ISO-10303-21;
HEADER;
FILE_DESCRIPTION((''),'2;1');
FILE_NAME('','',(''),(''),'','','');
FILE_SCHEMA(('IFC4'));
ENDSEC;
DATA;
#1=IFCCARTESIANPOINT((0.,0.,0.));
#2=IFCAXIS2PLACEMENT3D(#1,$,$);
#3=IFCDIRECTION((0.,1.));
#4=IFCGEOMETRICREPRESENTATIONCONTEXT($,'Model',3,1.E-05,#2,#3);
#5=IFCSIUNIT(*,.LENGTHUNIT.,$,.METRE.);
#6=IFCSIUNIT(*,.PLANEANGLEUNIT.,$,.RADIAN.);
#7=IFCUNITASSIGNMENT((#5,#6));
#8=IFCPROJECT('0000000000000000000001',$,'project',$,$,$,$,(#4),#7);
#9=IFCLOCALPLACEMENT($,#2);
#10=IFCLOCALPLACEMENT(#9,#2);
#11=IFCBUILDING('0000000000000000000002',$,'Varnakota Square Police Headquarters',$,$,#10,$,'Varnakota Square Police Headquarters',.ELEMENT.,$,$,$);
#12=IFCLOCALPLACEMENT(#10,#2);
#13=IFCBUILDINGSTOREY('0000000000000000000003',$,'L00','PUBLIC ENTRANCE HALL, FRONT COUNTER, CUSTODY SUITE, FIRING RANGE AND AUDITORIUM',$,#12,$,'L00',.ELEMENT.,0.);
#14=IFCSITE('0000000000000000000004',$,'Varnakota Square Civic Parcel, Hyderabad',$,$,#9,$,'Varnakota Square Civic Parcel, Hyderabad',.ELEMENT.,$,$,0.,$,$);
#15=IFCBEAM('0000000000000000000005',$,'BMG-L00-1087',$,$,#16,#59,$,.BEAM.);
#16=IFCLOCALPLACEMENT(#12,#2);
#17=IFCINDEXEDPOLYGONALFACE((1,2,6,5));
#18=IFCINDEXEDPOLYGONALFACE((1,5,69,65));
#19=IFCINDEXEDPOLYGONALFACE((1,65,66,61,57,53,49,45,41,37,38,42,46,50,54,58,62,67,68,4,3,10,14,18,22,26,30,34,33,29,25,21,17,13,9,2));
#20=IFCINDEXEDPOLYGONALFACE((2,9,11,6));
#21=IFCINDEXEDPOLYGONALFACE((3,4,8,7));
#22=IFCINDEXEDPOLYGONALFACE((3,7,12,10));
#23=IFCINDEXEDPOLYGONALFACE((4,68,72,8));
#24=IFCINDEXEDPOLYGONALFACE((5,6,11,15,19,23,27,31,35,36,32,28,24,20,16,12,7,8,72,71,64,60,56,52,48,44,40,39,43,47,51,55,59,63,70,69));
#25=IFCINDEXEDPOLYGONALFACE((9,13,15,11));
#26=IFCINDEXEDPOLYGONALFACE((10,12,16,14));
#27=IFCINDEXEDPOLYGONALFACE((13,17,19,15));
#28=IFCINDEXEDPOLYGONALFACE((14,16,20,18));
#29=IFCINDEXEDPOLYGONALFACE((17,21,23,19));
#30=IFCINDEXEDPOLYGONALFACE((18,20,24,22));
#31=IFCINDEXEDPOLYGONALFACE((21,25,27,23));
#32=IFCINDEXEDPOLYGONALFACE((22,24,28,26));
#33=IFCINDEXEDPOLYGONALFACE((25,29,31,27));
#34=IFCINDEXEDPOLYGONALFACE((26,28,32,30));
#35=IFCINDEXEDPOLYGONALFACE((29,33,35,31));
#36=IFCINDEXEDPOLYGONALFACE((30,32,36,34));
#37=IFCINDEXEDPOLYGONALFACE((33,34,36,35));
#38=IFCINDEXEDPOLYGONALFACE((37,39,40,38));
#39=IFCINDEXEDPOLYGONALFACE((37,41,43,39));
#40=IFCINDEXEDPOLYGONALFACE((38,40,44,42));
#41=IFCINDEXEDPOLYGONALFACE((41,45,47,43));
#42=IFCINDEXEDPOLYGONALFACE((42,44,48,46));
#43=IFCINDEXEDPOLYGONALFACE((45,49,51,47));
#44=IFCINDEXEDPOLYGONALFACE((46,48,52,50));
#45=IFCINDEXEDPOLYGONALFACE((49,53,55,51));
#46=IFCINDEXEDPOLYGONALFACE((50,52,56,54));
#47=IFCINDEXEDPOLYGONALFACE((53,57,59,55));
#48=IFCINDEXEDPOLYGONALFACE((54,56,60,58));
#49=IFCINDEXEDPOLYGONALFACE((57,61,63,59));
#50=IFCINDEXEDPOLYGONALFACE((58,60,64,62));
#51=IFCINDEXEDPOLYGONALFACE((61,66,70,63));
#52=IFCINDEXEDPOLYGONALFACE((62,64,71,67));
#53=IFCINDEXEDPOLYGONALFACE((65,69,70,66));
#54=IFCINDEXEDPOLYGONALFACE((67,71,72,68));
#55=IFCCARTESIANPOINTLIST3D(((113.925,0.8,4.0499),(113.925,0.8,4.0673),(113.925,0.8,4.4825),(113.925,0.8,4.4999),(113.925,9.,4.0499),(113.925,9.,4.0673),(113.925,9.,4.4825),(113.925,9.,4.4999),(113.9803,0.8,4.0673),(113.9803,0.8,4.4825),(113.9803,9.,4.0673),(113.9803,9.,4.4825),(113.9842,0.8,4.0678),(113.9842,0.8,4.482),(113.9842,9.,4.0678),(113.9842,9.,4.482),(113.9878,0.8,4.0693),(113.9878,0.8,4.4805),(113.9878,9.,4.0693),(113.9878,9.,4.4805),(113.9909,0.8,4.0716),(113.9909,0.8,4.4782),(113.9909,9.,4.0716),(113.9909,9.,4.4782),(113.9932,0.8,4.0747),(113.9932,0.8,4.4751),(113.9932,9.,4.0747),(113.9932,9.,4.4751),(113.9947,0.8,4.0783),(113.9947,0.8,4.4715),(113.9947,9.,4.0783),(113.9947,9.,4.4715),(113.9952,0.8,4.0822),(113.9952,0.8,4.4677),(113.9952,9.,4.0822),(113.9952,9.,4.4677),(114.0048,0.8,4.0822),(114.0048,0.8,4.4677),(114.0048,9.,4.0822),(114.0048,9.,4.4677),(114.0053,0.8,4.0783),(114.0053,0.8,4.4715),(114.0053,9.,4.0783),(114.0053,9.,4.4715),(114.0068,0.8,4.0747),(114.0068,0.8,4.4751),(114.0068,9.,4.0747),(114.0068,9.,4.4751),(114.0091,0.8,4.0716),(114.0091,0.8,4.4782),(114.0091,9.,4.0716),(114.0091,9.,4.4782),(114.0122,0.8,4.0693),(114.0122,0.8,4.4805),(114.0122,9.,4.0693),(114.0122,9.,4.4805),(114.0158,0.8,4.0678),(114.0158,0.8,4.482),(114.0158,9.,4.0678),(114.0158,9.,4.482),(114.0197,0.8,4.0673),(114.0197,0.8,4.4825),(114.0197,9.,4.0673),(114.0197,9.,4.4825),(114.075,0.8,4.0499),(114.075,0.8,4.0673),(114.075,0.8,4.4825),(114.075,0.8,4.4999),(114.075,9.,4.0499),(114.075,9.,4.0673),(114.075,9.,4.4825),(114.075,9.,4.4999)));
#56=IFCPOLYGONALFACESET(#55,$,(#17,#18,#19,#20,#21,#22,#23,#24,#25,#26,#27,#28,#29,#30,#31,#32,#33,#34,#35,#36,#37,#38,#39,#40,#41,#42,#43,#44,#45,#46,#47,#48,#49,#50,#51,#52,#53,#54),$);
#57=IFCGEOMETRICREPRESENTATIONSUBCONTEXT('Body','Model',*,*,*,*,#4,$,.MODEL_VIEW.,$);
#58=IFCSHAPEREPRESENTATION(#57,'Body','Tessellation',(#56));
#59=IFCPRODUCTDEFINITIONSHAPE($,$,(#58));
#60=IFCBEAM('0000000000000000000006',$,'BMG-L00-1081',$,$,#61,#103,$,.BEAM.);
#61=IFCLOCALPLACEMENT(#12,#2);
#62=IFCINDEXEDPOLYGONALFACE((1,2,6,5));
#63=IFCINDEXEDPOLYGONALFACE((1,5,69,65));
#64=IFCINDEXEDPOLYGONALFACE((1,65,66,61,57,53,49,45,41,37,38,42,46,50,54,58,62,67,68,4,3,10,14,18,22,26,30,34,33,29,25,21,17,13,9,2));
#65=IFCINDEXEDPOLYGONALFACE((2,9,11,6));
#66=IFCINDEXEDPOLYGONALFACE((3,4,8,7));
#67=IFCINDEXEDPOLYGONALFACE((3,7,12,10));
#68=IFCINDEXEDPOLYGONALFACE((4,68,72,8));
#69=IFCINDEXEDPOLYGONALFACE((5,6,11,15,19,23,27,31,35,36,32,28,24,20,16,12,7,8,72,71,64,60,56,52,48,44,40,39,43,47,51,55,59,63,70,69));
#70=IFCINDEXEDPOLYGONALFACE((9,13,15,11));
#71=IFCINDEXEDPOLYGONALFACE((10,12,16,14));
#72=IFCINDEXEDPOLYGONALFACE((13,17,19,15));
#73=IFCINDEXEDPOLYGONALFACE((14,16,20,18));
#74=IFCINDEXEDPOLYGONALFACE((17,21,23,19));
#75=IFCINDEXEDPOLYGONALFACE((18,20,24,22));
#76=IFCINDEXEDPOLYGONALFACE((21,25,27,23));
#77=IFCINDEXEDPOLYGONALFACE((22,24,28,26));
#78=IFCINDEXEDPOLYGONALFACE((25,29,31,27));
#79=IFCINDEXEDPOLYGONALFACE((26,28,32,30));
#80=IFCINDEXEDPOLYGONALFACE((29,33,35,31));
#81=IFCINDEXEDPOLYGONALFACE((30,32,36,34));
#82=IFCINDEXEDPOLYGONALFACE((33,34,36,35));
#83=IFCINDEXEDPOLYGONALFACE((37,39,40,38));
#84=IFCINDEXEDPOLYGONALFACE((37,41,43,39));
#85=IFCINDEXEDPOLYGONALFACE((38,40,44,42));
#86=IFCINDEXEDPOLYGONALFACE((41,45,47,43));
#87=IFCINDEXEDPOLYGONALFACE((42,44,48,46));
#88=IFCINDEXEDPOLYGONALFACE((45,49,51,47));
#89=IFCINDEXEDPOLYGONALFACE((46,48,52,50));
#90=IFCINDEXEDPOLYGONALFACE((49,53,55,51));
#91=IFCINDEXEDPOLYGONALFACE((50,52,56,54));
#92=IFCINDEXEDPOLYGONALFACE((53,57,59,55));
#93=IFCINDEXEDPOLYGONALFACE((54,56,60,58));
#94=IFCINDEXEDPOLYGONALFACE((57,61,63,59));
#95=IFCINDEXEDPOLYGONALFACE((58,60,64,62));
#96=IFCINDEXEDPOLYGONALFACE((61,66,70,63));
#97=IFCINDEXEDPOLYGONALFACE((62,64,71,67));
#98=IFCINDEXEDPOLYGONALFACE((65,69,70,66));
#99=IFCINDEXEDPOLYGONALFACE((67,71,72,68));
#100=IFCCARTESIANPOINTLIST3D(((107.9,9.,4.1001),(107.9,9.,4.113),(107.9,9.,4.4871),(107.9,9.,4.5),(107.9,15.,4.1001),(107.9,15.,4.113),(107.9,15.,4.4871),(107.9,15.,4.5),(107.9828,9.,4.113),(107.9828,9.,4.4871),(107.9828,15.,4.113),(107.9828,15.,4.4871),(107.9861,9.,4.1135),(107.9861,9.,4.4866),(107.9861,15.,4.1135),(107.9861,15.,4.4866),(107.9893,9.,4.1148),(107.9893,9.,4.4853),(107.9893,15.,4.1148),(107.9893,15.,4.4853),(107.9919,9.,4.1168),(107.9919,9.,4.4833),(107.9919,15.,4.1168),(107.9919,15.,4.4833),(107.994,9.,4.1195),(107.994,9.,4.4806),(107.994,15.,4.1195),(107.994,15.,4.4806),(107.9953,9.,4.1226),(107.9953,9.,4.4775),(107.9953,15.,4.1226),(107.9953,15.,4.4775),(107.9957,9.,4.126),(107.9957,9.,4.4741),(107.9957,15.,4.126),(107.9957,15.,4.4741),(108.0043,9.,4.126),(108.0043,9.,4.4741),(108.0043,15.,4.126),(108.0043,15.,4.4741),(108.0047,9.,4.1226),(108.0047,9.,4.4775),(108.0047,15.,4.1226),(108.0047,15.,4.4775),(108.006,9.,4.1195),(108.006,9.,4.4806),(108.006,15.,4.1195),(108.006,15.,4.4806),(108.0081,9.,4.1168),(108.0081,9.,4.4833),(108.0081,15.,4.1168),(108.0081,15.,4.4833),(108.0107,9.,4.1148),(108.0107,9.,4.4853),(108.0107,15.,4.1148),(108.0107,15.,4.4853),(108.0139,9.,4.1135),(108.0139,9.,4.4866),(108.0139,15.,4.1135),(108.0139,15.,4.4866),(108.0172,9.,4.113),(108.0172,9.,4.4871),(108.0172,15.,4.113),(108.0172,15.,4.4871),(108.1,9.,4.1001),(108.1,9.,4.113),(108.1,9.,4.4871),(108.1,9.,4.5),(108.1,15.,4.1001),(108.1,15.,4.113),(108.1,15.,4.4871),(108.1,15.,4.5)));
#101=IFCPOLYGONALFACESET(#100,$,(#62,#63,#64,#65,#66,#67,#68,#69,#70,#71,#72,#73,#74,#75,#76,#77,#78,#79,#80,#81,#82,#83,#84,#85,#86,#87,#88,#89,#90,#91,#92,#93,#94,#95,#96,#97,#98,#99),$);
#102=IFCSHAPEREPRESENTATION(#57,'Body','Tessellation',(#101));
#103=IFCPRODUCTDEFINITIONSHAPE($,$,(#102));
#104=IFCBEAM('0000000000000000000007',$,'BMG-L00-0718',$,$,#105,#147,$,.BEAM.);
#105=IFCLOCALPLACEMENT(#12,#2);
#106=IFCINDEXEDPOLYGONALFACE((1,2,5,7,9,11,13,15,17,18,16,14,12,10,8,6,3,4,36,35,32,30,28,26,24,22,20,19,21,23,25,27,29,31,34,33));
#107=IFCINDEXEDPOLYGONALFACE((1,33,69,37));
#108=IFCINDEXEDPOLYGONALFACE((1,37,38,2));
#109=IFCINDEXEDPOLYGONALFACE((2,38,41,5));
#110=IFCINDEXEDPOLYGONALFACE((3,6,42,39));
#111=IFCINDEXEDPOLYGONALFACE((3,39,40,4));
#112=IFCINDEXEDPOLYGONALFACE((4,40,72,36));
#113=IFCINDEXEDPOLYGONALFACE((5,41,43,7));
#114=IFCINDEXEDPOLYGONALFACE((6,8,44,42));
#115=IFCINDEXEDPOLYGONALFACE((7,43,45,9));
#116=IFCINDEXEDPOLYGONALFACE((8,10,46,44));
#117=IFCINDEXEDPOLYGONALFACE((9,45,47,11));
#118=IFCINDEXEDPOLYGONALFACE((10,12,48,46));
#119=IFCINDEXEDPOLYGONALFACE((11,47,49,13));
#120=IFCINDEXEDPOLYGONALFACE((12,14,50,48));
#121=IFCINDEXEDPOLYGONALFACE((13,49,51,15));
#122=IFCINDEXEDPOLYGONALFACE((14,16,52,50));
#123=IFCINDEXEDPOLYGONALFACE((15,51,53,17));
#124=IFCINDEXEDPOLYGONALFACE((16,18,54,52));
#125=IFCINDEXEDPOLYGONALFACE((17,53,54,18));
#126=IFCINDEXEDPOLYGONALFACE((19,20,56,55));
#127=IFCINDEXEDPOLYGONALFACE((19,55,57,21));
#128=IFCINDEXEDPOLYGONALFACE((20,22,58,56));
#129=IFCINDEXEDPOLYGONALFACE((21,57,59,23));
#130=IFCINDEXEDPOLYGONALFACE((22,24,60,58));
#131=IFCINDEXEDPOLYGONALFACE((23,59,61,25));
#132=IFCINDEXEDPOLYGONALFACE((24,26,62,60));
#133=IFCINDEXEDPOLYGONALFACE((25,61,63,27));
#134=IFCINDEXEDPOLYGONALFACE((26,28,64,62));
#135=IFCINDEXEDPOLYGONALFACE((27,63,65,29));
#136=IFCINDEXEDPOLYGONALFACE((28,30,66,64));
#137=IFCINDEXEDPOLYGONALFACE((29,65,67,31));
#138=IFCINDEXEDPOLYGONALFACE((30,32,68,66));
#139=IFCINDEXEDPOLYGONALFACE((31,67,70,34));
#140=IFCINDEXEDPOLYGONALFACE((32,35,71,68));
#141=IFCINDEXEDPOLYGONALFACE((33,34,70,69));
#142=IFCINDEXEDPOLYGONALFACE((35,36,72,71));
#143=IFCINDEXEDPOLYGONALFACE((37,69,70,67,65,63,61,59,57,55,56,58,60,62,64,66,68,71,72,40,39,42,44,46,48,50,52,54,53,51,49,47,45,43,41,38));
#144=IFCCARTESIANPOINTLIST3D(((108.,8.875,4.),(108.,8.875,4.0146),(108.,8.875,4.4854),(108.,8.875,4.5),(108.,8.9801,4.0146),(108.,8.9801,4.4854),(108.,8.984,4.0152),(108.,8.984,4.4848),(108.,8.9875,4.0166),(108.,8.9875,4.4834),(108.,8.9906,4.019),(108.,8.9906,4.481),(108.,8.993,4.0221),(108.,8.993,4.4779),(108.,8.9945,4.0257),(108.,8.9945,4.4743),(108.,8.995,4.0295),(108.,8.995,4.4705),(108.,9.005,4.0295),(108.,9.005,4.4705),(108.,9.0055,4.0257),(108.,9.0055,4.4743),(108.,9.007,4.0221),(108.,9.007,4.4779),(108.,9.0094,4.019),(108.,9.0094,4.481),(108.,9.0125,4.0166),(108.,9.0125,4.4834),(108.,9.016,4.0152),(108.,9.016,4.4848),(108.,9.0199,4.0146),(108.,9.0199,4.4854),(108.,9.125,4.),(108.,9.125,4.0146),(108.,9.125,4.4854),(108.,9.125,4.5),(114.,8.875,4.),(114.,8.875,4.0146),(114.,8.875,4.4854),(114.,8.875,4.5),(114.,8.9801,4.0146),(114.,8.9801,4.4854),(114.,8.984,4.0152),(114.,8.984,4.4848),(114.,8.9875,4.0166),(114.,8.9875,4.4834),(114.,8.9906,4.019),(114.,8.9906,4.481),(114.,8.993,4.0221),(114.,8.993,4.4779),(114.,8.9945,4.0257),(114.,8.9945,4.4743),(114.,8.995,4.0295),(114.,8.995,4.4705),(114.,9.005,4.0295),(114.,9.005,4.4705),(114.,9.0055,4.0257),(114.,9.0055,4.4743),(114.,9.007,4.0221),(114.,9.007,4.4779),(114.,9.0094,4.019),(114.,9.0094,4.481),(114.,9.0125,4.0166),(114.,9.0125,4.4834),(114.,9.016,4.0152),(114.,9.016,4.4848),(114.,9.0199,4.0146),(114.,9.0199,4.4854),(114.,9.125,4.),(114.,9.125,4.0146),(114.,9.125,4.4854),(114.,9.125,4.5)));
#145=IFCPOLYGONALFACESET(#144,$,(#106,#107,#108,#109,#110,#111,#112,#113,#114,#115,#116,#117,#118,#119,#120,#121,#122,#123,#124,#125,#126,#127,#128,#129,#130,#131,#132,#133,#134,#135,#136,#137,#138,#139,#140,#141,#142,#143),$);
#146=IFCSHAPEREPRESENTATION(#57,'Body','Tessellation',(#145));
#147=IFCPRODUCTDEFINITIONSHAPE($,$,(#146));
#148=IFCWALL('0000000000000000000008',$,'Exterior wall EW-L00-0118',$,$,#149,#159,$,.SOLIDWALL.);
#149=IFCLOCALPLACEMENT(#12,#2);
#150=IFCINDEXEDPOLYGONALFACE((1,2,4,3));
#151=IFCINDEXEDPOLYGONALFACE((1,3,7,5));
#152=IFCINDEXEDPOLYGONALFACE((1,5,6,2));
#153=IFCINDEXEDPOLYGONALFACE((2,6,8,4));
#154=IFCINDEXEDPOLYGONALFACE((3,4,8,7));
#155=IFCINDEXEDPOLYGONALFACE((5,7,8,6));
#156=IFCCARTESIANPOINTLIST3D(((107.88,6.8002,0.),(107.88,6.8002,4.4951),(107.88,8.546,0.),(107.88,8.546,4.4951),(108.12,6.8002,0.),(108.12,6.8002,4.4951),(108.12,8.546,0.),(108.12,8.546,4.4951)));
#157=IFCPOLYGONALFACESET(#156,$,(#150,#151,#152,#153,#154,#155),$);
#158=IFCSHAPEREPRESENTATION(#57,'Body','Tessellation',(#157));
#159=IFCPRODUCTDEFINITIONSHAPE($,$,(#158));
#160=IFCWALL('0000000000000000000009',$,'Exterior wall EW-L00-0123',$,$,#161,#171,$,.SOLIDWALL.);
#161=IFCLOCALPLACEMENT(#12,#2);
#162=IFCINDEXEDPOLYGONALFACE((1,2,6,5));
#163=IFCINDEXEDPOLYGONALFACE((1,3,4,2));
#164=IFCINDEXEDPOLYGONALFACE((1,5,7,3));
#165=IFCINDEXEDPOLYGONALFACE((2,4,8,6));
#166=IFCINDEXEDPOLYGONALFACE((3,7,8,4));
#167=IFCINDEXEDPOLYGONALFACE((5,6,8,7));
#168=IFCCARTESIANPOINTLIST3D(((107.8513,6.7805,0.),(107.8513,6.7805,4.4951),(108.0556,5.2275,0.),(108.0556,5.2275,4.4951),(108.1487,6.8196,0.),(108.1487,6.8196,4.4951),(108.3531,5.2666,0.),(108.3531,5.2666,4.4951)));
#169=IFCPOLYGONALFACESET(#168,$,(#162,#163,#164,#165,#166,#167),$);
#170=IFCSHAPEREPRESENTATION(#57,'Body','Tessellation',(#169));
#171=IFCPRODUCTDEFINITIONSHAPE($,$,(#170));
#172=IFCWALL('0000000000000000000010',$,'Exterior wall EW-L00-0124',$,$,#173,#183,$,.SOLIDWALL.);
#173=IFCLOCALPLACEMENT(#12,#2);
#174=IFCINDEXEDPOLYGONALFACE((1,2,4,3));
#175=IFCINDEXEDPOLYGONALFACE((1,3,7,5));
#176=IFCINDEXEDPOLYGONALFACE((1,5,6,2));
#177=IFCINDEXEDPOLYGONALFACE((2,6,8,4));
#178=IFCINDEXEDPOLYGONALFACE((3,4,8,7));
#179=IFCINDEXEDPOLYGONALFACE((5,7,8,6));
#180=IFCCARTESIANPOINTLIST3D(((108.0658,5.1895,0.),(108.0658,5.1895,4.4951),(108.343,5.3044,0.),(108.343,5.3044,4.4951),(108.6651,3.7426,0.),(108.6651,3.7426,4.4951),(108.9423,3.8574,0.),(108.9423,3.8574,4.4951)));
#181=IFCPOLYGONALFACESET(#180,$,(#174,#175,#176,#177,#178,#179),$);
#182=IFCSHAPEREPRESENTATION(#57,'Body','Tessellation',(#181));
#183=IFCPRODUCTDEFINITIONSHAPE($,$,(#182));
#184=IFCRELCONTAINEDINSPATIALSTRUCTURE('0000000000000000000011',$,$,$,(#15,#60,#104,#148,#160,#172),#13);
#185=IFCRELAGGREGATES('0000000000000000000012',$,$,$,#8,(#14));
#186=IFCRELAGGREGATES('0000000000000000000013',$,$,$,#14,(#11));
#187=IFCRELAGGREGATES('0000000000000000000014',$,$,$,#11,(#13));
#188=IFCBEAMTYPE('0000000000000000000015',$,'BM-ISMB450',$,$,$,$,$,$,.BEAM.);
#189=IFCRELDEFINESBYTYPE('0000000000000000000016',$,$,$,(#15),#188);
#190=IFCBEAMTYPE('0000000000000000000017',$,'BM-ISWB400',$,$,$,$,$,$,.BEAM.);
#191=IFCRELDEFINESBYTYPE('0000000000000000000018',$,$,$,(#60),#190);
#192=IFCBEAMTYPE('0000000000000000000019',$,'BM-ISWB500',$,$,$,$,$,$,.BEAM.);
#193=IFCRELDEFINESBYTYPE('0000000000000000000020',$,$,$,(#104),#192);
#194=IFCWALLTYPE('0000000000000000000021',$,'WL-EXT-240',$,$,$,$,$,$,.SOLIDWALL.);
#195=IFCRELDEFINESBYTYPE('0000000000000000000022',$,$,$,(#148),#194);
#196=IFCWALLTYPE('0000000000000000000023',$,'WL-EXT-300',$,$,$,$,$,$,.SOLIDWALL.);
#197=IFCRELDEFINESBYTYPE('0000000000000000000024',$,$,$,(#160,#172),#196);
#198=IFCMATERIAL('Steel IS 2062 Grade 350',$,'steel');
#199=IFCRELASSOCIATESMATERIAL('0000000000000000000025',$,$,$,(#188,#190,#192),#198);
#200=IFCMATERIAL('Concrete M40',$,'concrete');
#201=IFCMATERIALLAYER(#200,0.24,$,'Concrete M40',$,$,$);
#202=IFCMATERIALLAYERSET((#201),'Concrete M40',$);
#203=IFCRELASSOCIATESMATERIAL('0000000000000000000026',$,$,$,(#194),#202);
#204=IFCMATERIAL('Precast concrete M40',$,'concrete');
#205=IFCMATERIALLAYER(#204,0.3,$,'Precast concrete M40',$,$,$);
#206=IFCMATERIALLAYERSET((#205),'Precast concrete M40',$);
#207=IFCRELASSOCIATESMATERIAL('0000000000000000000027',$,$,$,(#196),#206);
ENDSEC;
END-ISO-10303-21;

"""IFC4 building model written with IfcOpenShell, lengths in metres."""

from ifc_helpers import new_model, si_unit, direction, frame, frame_2d, origin, origin_2d, place, context, subcontext, project, spatial, rectangle, i_section, extrude, material, layer, layer_set, material_profile, profile_set, type_object, element, save


model = new_model("IFC4")

# Units and contexts
model_context = context("Model", 3, precision=1e-05, world=origin(), true_north=direction((0.0, 1.0)))
body_context = subcontext(model_context, "Body", "Model", "MODEL_VIEW")
ifc_project = project(units=[si_unit("LENGTHUNIT", "METRE"), si_unit("PLANEANGLEUNIT", "RADIAN")], contexts=[model_context])

# Site, building, storey
site_placement = place(None, origin())
site = spatial("IfcSite", under=ifc_project, at=site_placement, Name="Varnakota Square Civic Parcel, Hyderabad", LongName="Varnakota Square Civic Parcel, Hyderabad", CompositionType="ELEMENT", RefElevation=0.0)
building_placement = place(site_placement, origin())
building = spatial("IfcBuilding", under=site, at=building_placement, Name="Varnakota Square Police Headquarters", LongName="Varnakota Square Police Headquarters", CompositionType="ELEMENT")
storey_placement = place(building_placement, origin())
storey = spatial("IfcBuildingStorey", under=building, at=storey_placement, Name="L00", Description="PUBLIC ENTRANCE HALL, FRONT COUNTER, CUSTODY SUITE, FIRING RANGE AND AUDITORIUM", LongName="L00", CompositionType="ELEMENT", Elevation=0.0)

# Shared definitions
ifc_material_1 = material(Name="Concrete M40", Category="concrete")

# Beams
ifc_material_2 = material(Name="Steel IS 2062 Grade 350", Category="steel")
ifc_material_profile_1 = material_profile(ifc_material_2, i_section(OverallWidth=0.1499, OverallDepth=0.45, WebThickness=0.0095, FlangeThickness=0.0173, FilletRadius=0.0149, at=origin_2d()), Name="ISMB 450")
ifc_profile_set_1 = profile_set([ifc_material_profile_1], Name="Steel IS 2062 Grade 350")
beam_type_1 = type_object("IfcBeamType", Name="BM-ISMB450", PredefinedType="BEAM", material=ifc_profile_set_1)
beam_1_placement = place(storey_placement, frame((114.0, 0.8, 4.2749), z_axis=(0.0, 1.0, 0.0), x_axis=(-1.0, 0.0, 0.0)))
element("IfcBeam", 1, at=beam_1_placement, inside=storey, type_object=beam_type_1, Name="BMG-L00-1087", PredefinedType="BEAM", context=body_context, shape_type="SweptSolid", body=[
    extrude(i_section(OverallWidth=0.1499, OverallDepth=0.45, WebThickness=0.0095, FlangeThickness=0.0173, FilletRadius=0.0149, at=origin_2d()), origin(), (0.0, 0.0, 1.0), 8.2),
])
ifc_material_profile_2 = material_profile(ifc_material_2, i_section(OverallWidth=0.2, OverallDepth=0.3999, WebThickness=0.0085, FlangeThickness=0.0129, FilletRadius=0.0129, at=origin_2d()), Name="ISWB 400")
ifc_profile_set_2 = profile_set([ifc_material_profile_2], Name="Steel IS 2062 Grade 350")
beam_type_2 = type_object("IfcBeamType", Name="BM-ISWB400", PredefinedType="BEAM", material=ifc_profile_set_2)
beam_2_placement = place(storey_placement, frame((108.0, 9.0, 4.3), z_axis=(0.0, 1.0, 0.0), x_axis=(-1.0, 0.0, 0.0)))
element("IfcBeam", 2, at=beam_2_placement, inside=storey, type_object=beam_type_2, Name="BMG-L00-1081", PredefinedType="BEAM", context=body_context, shape_type="SweptSolid", body=[
    extrude(i_section(OverallWidth=0.2, OverallDepth=0.3999, WebThickness=0.0085, FlangeThickness=0.0129, FilletRadius=0.0129, at=origin_2d()), origin(), (0.0, 0.0, 1.0), 6.0),
])
ifc_material_profile_3 = material_profile(ifc_material_2, i_section(OverallWidth=0.25, OverallDepth=0.5, WebThickness=0.01, FlangeThickness=0.0146, FilletRadius=0.0149, at=origin_2d()), Name="ISWB 500")
ifc_profile_set_3 = profile_set([ifc_material_profile_3], Name="Steel IS 2062 Grade 350")
beam_type_3 = type_object("IfcBeamType", Name="BM-ISWB500", PredefinedType="BEAM", material=ifc_profile_set_3)
beam_3_placement = place(storey_placement, frame((108.0, 9.0, 4.25), z_axis=(1.0, 0.0, 0.0), x_axis=(0.0, 1.0, 0.0)))
element("IfcBeam", 3, at=beam_3_placement, inside=storey, type_object=beam_type_3, Name="BMG-L00-0718", PredefinedType="BEAM", context=body_context, shape_type="SweptSolid", body=[
    extrude(i_section(OverallWidth=0.25, OverallDepth=0.5, WebThickness=0.01, FlangeThickness=0.0146, FilletRadius=0.0149, at=origin_2d()), origin(), (0.0, 0.0, 1.0), 6.0),
])

# Walls
ifc_layer_1 = layer(ifc_material_1, 0.24, Name="Concrete M40")
ifc_layer_set_1 = layer_set([ifc_layer_1], Name="Concrete M40")
wall_type_1 = type_object("IfcWallType", Name="WL-EXT-240", PredefinedType="SOLIDWALL", material=ifc_layer_set_1)
wall_1_placement = place(storey_placement, frame((108.0, 6.8, 0.0), z_axis=(0.0, 0.0, 1.0), x_axis=(0.0, 1.0, 0.0)))
element("IfcWall", 4, at=wall_1_placement, inside=storey, type_object=wall_type_1, Name="Exterior wall EW-L00-0118", PredefinedType="SOLIDWALL", context=body_context, shape_type="SweptSolid", body=[
    extrude(rectangle(XDim=1.7458, YDim=0.24, at=frame_2d((0.873, 0.0))), origin(), (0.0, 0.0, 1.0), 4.4951),
])
ifc_material_3 = material(Name="Precast concrete M40", Category="concrete")
ifc_layer_2 = layer(ifc_material_3, 0.3, Name="Precast concrete M40")
ifc_layer_set_2 = layer_set([ifc_layer_2], Name="Precast concrete M40")
wall_type_2 = type_object("IfcWallType", Name="WL-EXT-300", PredefinedType="SOLIDWALL", material=ifc_layer_set_2)
wall_2_placement = place(storey_placement, frame((108.0, 6.8, 0.0), z_axis=(0.0, 0.0, 1.0), x_axis=(0.130459, -0.991454, 0.0)))
element("IfcWall", 5, at=wall_2_placement, inside=storey, type_object=wall_type_2, Name="Exterior wall EW-L00-0123", PredefinedType="SOLIDWALL", context=body_context, shape_type="SweptSolid", body=[
    extrude(rectangle(XDim=1.5664, YDim=0.3, at=frame_2d((0.7832, 0.0))), origin(), (0.0, 0.0, 1.0), 4.4951),
])
wall_3_placement = place(storey_placement, frame((108.2043, 5.2471, 0.0), z_axis=(0.0, 0.0, 1.0), x_axis=(0.382678, -0.923882, 0.0)))
element("IfcWall", 6, at=wall_3_placement, inside=storey, type_object=wall_type_2, Name="Exterior wall EW-L00-0124", PredefinedType="SOLIDWALL", context=body_context, shape_type="SweptSolid", body=[
    extrude(rectangle(XDim=1.5662, YDim=0.3, at=frame_2d((0.7832, 0.0))), origin(), (0.0, 0.0, 1.0), 4.4951),
])

save(model, "model.ifc")
